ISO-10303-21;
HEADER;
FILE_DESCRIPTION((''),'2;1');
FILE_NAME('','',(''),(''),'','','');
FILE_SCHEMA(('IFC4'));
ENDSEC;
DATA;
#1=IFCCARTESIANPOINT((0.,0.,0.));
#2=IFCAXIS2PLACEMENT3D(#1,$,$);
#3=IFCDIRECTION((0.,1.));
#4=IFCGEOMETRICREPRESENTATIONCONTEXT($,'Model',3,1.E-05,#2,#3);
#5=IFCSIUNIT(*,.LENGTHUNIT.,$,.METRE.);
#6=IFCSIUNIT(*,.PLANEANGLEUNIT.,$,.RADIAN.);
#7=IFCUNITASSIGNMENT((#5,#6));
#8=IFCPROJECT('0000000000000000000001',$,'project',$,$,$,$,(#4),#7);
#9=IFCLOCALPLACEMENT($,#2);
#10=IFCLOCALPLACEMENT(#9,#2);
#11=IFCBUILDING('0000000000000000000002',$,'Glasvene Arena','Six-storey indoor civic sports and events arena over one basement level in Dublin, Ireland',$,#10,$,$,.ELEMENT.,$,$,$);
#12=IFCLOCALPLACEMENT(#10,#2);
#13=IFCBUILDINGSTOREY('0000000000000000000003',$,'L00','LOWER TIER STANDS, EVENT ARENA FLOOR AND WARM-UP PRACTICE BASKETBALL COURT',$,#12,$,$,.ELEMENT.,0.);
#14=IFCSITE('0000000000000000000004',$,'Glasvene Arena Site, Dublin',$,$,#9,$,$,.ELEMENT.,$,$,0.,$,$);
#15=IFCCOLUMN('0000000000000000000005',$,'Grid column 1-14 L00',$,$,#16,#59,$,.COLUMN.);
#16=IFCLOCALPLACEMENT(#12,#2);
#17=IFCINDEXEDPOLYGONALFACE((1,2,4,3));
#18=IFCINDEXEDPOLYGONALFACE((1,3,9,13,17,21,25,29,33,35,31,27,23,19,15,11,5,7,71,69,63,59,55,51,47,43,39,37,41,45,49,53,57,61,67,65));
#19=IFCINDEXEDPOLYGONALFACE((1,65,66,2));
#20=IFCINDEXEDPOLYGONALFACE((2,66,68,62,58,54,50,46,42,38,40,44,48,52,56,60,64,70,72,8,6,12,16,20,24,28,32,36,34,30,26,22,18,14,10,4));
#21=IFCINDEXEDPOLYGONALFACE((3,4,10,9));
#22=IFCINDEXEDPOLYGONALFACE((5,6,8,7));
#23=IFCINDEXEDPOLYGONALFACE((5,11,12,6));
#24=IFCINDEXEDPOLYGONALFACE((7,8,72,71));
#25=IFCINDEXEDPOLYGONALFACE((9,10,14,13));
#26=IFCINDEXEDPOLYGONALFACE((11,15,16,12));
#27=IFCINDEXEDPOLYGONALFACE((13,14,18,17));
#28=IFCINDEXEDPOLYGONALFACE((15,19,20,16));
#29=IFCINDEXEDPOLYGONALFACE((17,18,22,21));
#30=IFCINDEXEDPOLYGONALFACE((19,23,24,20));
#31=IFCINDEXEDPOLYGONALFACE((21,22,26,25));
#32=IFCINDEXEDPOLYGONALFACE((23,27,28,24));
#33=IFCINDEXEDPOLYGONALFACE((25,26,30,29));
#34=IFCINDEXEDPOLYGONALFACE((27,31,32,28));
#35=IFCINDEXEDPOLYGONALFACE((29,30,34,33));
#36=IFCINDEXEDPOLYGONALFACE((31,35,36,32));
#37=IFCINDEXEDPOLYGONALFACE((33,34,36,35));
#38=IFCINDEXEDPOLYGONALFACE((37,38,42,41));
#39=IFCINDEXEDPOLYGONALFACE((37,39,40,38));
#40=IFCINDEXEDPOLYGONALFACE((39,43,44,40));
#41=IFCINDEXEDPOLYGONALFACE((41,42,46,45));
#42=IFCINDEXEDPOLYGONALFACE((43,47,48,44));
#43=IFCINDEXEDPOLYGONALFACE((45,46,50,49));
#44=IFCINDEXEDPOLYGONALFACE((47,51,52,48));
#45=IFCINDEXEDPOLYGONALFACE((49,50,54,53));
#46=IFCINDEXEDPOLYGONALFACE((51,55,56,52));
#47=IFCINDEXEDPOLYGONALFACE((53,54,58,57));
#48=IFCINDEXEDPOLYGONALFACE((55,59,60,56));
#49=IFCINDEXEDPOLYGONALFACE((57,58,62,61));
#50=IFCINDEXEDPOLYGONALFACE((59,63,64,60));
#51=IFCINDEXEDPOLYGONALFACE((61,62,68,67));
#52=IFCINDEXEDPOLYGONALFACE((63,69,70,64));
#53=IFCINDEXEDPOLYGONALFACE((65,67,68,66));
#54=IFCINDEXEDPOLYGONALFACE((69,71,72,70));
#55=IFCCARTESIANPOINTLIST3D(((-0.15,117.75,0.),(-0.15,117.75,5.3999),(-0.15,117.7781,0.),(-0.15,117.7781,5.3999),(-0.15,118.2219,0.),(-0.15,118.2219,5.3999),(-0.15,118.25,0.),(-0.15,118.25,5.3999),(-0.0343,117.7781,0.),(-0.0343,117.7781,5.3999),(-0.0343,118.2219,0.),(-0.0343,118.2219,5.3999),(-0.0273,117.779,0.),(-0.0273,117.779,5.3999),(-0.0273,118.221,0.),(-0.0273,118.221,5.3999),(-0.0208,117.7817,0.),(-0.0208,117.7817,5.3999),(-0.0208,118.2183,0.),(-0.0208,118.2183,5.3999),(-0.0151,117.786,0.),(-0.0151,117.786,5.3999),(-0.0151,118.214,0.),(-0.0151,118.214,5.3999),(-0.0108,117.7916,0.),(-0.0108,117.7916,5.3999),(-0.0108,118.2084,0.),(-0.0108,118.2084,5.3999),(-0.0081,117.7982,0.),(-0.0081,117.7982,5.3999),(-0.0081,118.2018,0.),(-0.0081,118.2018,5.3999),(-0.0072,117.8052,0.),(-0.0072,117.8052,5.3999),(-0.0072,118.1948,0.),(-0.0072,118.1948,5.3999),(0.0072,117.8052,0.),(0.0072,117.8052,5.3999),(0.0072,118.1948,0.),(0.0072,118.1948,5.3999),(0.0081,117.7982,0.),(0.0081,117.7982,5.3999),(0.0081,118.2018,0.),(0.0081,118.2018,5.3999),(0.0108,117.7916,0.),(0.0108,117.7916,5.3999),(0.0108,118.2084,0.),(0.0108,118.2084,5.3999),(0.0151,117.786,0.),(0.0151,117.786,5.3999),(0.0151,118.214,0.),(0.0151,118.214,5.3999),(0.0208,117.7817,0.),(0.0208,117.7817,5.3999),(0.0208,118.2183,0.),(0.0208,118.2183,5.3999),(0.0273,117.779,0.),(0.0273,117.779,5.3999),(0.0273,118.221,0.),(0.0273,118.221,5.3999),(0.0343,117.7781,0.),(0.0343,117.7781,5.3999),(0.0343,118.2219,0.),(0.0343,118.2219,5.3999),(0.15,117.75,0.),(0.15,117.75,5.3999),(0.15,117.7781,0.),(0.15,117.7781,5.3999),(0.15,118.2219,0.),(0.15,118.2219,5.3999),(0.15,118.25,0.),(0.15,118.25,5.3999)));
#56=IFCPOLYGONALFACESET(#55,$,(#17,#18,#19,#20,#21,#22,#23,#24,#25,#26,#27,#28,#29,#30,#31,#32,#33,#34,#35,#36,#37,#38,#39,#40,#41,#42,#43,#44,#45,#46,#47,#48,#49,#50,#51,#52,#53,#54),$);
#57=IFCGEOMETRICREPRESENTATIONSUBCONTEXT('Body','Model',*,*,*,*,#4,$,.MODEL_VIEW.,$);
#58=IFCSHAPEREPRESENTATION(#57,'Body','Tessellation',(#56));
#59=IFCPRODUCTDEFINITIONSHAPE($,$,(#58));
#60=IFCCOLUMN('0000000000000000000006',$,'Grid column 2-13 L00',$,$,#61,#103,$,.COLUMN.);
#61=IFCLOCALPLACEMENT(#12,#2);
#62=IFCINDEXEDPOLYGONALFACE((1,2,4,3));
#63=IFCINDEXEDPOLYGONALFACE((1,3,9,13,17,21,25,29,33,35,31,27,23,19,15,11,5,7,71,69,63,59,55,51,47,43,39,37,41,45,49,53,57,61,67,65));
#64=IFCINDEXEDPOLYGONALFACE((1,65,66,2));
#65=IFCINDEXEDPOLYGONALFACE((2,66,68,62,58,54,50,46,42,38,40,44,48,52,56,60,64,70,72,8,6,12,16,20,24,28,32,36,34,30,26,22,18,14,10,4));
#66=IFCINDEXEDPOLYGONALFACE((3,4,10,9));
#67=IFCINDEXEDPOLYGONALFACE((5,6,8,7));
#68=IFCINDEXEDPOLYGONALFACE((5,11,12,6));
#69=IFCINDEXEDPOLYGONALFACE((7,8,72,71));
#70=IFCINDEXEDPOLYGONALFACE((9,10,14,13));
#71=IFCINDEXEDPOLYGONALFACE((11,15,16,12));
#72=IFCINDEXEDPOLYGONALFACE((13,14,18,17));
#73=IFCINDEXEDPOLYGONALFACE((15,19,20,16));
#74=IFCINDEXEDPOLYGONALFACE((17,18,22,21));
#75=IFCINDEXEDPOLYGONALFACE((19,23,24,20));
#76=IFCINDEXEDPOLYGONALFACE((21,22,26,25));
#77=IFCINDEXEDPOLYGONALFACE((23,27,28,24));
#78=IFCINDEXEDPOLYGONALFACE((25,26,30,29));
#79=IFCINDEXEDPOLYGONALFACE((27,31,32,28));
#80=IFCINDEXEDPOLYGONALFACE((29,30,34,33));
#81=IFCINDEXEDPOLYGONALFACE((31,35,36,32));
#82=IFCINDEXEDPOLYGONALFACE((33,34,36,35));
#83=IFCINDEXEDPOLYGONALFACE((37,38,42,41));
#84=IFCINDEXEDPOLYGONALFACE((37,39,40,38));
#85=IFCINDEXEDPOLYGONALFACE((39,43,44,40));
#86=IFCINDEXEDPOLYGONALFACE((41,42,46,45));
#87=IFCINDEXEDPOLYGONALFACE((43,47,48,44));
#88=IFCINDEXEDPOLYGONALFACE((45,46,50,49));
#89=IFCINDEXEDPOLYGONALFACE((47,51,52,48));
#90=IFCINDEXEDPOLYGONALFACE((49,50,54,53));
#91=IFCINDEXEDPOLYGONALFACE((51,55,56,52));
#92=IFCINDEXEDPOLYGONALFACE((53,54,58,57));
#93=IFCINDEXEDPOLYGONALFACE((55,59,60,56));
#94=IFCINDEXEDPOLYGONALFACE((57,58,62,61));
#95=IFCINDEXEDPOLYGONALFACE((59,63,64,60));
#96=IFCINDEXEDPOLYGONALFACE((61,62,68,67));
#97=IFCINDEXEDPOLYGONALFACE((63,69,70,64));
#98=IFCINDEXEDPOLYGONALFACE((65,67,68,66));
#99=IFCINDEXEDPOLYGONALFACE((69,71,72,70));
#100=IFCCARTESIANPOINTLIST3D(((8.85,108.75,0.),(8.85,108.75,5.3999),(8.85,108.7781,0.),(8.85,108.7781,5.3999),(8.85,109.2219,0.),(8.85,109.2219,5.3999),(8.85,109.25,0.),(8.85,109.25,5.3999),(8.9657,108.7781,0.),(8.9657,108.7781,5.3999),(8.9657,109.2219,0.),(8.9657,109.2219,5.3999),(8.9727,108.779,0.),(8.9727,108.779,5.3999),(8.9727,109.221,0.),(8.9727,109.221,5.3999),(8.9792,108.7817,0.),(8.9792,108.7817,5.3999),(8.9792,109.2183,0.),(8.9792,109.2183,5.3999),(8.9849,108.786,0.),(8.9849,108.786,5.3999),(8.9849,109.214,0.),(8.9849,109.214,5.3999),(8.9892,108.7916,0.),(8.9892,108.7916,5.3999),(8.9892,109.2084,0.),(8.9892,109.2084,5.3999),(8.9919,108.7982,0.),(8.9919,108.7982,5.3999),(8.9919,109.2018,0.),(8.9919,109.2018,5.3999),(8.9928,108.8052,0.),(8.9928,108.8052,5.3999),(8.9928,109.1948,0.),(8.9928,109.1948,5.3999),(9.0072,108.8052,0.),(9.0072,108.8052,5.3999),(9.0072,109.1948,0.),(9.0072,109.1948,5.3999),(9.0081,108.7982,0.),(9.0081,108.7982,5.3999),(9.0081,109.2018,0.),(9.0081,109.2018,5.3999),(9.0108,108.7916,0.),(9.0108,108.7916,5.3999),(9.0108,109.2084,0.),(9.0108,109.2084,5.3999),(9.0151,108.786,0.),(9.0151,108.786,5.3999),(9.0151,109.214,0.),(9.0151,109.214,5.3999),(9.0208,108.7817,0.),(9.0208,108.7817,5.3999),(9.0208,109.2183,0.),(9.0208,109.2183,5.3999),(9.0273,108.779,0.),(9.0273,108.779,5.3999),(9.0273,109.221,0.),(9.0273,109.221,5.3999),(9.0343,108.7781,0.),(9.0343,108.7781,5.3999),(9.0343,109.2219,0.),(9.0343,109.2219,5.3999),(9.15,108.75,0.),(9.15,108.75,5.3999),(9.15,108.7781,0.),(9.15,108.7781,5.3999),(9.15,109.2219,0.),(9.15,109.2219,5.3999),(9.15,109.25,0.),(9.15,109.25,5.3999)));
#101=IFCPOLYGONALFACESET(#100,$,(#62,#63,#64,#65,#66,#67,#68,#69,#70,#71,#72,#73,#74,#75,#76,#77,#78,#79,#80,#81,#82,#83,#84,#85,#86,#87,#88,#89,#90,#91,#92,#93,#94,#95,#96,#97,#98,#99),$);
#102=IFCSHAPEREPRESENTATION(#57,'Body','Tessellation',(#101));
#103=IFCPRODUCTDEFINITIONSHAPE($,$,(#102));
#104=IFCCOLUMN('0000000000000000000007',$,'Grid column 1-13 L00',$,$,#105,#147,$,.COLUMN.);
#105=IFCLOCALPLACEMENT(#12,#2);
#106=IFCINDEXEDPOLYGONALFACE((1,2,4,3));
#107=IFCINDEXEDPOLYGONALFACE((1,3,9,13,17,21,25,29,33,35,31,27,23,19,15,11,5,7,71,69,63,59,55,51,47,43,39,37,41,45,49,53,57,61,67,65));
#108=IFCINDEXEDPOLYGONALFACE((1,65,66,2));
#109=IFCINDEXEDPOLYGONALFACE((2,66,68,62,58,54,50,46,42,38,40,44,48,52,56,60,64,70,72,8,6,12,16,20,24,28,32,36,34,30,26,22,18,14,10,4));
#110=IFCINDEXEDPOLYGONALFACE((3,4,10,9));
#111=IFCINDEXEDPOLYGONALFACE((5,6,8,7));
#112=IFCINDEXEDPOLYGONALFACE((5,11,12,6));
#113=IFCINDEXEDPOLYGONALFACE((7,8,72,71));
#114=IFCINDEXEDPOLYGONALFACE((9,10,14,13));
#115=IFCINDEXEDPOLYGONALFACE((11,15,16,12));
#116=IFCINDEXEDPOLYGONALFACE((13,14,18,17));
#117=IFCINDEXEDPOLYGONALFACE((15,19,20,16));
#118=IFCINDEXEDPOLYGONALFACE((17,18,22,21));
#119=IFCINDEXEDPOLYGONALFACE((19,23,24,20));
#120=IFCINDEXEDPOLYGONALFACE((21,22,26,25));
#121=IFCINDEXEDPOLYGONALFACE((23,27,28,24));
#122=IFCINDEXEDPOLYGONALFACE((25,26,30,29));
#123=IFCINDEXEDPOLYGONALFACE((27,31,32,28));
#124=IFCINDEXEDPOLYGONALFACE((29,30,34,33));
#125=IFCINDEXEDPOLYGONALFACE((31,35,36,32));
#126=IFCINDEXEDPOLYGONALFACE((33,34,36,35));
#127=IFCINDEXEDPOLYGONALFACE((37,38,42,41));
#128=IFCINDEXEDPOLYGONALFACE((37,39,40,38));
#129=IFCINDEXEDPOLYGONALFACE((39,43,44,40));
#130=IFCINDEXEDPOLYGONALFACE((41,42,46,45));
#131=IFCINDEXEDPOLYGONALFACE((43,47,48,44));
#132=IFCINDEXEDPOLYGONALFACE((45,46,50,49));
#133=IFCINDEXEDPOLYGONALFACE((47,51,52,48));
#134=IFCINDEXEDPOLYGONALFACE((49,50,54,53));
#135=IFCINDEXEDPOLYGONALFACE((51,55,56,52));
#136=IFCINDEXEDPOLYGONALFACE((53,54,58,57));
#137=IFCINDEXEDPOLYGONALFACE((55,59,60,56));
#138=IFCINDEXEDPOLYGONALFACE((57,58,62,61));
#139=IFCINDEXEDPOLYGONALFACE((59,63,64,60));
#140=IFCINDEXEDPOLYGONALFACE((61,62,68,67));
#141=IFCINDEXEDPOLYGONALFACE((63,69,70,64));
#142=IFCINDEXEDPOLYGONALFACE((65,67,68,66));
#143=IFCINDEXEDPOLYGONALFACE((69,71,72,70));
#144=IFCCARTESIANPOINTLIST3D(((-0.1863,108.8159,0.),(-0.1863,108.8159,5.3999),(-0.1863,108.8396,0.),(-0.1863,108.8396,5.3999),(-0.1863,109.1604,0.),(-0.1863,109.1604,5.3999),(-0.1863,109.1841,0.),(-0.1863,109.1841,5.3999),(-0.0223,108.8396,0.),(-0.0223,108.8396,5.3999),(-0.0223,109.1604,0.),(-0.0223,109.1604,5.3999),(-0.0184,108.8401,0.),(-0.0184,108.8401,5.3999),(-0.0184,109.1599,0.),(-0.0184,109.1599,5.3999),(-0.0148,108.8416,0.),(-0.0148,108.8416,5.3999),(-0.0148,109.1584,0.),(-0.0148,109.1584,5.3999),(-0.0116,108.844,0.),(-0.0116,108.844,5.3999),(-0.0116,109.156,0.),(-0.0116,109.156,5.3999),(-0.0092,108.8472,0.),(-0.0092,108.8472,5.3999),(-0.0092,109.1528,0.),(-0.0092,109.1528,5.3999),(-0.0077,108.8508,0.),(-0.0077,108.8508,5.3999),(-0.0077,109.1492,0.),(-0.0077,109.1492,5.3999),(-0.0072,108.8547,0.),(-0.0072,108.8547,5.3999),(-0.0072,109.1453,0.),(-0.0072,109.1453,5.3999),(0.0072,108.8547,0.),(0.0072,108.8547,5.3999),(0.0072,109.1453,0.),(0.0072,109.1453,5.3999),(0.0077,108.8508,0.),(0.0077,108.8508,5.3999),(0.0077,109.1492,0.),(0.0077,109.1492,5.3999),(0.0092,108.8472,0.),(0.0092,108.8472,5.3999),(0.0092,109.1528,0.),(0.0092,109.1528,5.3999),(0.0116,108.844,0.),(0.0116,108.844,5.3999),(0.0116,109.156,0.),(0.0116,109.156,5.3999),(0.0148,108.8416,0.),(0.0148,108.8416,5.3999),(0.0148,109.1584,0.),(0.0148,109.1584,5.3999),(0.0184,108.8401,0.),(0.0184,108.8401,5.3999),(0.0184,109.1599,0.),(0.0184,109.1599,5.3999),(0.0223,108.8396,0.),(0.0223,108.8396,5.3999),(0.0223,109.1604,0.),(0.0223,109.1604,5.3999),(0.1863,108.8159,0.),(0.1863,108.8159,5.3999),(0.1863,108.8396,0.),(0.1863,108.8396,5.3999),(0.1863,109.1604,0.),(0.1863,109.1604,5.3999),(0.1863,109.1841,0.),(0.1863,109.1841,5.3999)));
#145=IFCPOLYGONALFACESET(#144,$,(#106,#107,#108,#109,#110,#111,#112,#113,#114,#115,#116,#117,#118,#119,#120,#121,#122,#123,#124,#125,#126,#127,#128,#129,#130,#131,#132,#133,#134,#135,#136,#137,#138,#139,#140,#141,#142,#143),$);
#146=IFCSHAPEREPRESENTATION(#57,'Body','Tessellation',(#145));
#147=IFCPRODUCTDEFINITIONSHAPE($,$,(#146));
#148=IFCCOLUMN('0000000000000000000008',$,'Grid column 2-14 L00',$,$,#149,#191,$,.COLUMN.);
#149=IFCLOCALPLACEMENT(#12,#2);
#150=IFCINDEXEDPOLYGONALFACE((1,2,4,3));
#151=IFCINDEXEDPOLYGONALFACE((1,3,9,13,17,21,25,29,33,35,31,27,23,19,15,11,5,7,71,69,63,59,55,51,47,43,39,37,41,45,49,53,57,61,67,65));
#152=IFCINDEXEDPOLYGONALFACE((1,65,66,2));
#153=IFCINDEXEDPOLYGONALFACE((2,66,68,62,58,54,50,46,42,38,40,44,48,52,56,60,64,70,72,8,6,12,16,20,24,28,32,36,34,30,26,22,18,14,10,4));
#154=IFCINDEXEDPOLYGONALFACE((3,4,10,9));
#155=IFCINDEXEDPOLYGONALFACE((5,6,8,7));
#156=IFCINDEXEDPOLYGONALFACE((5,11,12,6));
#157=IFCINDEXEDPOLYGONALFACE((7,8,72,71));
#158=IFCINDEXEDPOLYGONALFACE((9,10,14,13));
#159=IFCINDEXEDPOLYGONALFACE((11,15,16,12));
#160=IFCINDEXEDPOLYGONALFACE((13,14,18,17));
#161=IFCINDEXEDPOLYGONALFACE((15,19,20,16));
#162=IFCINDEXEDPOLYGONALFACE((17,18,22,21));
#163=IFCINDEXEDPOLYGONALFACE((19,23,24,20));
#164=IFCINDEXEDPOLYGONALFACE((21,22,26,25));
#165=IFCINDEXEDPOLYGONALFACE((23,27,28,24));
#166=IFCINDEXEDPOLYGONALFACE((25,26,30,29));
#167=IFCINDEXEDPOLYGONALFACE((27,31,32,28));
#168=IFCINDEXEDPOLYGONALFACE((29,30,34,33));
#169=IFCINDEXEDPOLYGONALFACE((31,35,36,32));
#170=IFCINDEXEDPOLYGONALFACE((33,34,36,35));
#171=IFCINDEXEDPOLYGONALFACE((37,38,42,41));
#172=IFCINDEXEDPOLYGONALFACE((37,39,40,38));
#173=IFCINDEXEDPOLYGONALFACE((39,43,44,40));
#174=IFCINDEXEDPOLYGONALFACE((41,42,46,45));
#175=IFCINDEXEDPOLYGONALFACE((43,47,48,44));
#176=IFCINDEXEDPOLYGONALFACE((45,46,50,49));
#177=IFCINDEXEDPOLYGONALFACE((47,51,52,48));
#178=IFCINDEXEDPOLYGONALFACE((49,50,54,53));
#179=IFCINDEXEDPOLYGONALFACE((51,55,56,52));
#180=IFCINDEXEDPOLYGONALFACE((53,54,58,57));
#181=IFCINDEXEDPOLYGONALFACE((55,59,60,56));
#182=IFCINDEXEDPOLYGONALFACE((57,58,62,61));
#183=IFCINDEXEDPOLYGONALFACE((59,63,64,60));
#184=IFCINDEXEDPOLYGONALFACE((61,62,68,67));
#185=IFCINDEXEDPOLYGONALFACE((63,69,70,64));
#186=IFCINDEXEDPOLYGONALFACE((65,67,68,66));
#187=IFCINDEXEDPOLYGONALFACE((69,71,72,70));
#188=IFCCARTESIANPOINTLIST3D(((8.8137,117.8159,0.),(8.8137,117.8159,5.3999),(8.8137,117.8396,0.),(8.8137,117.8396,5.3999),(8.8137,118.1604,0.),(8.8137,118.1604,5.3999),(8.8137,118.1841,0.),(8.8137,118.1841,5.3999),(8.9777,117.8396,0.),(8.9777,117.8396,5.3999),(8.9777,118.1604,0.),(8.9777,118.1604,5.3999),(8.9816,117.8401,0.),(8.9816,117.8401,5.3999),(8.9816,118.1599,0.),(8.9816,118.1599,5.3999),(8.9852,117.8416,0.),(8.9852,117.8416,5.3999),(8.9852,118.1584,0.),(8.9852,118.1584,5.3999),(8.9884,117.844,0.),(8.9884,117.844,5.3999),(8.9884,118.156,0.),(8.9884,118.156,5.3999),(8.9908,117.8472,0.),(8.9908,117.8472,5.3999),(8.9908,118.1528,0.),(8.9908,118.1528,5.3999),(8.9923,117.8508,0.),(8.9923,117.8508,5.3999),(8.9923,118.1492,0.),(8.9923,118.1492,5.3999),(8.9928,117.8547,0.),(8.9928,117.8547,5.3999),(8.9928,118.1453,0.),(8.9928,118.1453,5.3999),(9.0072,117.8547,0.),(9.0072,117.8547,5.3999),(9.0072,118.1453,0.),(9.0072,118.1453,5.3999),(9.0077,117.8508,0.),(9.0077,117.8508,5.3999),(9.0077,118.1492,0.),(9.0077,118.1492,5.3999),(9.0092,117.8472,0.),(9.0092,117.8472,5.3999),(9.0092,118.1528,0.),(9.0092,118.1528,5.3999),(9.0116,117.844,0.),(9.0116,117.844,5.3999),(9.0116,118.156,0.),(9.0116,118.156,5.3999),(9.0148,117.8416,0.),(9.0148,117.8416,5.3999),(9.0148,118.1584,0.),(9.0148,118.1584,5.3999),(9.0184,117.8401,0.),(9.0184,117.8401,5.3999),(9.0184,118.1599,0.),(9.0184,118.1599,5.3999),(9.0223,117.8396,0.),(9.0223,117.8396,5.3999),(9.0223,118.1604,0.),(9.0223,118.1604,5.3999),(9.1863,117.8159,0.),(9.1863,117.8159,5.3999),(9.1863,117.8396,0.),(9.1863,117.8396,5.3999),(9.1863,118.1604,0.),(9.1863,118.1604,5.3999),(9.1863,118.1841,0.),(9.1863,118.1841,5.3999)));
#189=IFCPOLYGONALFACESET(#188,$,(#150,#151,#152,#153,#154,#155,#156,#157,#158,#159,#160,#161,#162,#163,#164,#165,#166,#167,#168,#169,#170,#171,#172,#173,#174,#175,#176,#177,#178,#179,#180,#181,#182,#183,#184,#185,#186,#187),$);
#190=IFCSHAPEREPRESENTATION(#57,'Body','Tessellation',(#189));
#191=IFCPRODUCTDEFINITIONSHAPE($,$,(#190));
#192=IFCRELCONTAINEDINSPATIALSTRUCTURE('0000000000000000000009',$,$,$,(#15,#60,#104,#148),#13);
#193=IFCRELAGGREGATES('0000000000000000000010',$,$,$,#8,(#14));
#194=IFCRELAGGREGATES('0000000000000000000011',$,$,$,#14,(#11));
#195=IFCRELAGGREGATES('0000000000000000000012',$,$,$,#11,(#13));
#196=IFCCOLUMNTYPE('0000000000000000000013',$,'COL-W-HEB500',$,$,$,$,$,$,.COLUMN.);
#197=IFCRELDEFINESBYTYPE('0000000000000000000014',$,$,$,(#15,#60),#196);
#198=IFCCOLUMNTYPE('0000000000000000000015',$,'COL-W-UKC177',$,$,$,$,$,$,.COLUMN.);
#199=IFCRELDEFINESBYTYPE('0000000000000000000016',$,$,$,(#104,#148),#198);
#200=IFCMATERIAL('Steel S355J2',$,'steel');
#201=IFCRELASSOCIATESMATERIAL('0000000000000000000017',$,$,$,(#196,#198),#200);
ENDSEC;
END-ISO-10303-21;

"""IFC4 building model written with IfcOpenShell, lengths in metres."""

from ifc_helpers import new_model, si_unit, direction, frame, origin, origin_2d, place, context, subcontext, project, spatial, i_section, extrude, material, material_profile, profile_set, type_object, element, save


model = new_model("IFC4")

# Units and contexts
model_context = context("Model", 3, precision=1e-05, world=origin(), true_north=direction((0.0, 1.0)))
body_context = subcontext(model_context, "Body", "Model", "MODEL_VIEW")
ifc_project = project(units=[si_unit("LENGTHUNIT", "METRE"), si_unit("PLANEANGLEUNIT", "RADIAN")], contexts=[model_context])

# Site, building, storey
site_placement = place(None, origin())
site = spatial("IfcSite", under=ifc_project, at=site_placement, Name="Glasvene Arena Site, Dublin", CompositionType="ELEMENT", RefElevation=0.0)
building_placement = place(site_placement, origin())
building = spatial("IfcBuilding", under=site, at=building_placement, Name="Glasvene Arena", Description="Six-storey indoor civic sports and events arena over one basement level in Dublin, Ireland", CompositionType="ELEMENT")
storey_placement = place(building_placement, origin())
storey = spatial("IfcBuildingStorey", under=building, at=storey_placement, Name="L00", Description="LOWER TIER STANDS, EVENT ARENA FLOOR AND WARM-UP PRACTICE BASKETBALL COURT", CompositionType="ELEMENT", Elevation=0.0)

# Columns
ifc_material_1 = material(Name="Steel S355J2", Category="steel")
ifc_material_profile_1 = material_profile(ifc_material_1, i_section(OverallWidth=0.3, OverallDepth=0.5, WebThickness=0.0144, FlangeThickness=0.0281, FilletRadius=0.0271, at=origin_2d()), Name="HEB 500")
ifc_profile_set_1 = profile_set([ifc_material_profile_1], Name="Steel S355J2")
column_type_1 = type_object("IfcColumnType", Name="COL-W-HEB500", PredefinedType="COLUMN", material=ifc_profile_set_1)
for number, where, z_axis, x_axis, name in (
    (1, (0.0, 118.0, 0.0), (0.0, 0.0, 1.0), (1.0, 0.0, 0.0), "Grid column 1-14 L00"),
    (2, (9.0, 109.0, 0.0), (0.0, 0.0, 1.0), (1.0, 0.0, 0.0), "Grid column 2-13 L00"),
):
    element("IfcColumn", number, at=place(storey_placement, frame(where, z_axis=z_axis, x_axis=x_axis)), inside=storey, type_object=column_type_1, Name=name, PredefinedType="COLUMN", context=body_context, shape_type="SweptSolid", body=[
        extrude(i_section(OverallWidth=0.3, OverallDepth=0.5, WebThickness=0.0144, FlangeThickness=0.0281, FilletRadius=0.0271, at=origin_2d()), origin(), (0.0, 0.0, 1.0), 5.3999),
    ])
ifc_material_profile_2 = material_profile(ifc_material_1, i_section(OverallWidth=0.3726, OverallDepth=0.3682, WebThickness=0.0144, FlangeThickness=0.0237, FilletRadius=0.0151, at=origin_2d()), Name="UKC 356x368x177")
ifc_profile_set_2 = profile_set([ifc_material_profile_2], Name="Steel S355J2")
column_type_2 = type_object("IfcColumnType", Name="COL-W-UKC177", PredefinedType="COLUMN", material=ifc_profile_set_2)
for number, where, z_axis, x_axis, name in (
    (3, (0.0, 109.0, 0.0), (0.0, 0.0, 1.0), (1.0, 0.0, 0.0), "Grid column 1-13 L00"),
    (4, (9.0, 118.0, 0.0), (0.0, 0.0, 1.0), (1.0, 0.0, 0.0), "Grid column 2-14 L00"),
):
    element("IfcColumn", number, at=place(storey_placement, frame(where, z_axis=z_axis, x_axis=x_axis)), inside=storey, type_object=column_type_2, Name=name, PredefinedType="COLUMN", context=body_context, shape_type="SweptSolid", body=[
        extrude(i_section(OverallWidth=0.3726, OverallDepth=0.3682, WebThickness=0.0144, FlangeThickness=0.0237, FilletRadius=0.0151, at=origin_2d()), origin(), (0.0, 0.0, 1.0), 5.3999),
    ])

save(model, "model.ifc")
